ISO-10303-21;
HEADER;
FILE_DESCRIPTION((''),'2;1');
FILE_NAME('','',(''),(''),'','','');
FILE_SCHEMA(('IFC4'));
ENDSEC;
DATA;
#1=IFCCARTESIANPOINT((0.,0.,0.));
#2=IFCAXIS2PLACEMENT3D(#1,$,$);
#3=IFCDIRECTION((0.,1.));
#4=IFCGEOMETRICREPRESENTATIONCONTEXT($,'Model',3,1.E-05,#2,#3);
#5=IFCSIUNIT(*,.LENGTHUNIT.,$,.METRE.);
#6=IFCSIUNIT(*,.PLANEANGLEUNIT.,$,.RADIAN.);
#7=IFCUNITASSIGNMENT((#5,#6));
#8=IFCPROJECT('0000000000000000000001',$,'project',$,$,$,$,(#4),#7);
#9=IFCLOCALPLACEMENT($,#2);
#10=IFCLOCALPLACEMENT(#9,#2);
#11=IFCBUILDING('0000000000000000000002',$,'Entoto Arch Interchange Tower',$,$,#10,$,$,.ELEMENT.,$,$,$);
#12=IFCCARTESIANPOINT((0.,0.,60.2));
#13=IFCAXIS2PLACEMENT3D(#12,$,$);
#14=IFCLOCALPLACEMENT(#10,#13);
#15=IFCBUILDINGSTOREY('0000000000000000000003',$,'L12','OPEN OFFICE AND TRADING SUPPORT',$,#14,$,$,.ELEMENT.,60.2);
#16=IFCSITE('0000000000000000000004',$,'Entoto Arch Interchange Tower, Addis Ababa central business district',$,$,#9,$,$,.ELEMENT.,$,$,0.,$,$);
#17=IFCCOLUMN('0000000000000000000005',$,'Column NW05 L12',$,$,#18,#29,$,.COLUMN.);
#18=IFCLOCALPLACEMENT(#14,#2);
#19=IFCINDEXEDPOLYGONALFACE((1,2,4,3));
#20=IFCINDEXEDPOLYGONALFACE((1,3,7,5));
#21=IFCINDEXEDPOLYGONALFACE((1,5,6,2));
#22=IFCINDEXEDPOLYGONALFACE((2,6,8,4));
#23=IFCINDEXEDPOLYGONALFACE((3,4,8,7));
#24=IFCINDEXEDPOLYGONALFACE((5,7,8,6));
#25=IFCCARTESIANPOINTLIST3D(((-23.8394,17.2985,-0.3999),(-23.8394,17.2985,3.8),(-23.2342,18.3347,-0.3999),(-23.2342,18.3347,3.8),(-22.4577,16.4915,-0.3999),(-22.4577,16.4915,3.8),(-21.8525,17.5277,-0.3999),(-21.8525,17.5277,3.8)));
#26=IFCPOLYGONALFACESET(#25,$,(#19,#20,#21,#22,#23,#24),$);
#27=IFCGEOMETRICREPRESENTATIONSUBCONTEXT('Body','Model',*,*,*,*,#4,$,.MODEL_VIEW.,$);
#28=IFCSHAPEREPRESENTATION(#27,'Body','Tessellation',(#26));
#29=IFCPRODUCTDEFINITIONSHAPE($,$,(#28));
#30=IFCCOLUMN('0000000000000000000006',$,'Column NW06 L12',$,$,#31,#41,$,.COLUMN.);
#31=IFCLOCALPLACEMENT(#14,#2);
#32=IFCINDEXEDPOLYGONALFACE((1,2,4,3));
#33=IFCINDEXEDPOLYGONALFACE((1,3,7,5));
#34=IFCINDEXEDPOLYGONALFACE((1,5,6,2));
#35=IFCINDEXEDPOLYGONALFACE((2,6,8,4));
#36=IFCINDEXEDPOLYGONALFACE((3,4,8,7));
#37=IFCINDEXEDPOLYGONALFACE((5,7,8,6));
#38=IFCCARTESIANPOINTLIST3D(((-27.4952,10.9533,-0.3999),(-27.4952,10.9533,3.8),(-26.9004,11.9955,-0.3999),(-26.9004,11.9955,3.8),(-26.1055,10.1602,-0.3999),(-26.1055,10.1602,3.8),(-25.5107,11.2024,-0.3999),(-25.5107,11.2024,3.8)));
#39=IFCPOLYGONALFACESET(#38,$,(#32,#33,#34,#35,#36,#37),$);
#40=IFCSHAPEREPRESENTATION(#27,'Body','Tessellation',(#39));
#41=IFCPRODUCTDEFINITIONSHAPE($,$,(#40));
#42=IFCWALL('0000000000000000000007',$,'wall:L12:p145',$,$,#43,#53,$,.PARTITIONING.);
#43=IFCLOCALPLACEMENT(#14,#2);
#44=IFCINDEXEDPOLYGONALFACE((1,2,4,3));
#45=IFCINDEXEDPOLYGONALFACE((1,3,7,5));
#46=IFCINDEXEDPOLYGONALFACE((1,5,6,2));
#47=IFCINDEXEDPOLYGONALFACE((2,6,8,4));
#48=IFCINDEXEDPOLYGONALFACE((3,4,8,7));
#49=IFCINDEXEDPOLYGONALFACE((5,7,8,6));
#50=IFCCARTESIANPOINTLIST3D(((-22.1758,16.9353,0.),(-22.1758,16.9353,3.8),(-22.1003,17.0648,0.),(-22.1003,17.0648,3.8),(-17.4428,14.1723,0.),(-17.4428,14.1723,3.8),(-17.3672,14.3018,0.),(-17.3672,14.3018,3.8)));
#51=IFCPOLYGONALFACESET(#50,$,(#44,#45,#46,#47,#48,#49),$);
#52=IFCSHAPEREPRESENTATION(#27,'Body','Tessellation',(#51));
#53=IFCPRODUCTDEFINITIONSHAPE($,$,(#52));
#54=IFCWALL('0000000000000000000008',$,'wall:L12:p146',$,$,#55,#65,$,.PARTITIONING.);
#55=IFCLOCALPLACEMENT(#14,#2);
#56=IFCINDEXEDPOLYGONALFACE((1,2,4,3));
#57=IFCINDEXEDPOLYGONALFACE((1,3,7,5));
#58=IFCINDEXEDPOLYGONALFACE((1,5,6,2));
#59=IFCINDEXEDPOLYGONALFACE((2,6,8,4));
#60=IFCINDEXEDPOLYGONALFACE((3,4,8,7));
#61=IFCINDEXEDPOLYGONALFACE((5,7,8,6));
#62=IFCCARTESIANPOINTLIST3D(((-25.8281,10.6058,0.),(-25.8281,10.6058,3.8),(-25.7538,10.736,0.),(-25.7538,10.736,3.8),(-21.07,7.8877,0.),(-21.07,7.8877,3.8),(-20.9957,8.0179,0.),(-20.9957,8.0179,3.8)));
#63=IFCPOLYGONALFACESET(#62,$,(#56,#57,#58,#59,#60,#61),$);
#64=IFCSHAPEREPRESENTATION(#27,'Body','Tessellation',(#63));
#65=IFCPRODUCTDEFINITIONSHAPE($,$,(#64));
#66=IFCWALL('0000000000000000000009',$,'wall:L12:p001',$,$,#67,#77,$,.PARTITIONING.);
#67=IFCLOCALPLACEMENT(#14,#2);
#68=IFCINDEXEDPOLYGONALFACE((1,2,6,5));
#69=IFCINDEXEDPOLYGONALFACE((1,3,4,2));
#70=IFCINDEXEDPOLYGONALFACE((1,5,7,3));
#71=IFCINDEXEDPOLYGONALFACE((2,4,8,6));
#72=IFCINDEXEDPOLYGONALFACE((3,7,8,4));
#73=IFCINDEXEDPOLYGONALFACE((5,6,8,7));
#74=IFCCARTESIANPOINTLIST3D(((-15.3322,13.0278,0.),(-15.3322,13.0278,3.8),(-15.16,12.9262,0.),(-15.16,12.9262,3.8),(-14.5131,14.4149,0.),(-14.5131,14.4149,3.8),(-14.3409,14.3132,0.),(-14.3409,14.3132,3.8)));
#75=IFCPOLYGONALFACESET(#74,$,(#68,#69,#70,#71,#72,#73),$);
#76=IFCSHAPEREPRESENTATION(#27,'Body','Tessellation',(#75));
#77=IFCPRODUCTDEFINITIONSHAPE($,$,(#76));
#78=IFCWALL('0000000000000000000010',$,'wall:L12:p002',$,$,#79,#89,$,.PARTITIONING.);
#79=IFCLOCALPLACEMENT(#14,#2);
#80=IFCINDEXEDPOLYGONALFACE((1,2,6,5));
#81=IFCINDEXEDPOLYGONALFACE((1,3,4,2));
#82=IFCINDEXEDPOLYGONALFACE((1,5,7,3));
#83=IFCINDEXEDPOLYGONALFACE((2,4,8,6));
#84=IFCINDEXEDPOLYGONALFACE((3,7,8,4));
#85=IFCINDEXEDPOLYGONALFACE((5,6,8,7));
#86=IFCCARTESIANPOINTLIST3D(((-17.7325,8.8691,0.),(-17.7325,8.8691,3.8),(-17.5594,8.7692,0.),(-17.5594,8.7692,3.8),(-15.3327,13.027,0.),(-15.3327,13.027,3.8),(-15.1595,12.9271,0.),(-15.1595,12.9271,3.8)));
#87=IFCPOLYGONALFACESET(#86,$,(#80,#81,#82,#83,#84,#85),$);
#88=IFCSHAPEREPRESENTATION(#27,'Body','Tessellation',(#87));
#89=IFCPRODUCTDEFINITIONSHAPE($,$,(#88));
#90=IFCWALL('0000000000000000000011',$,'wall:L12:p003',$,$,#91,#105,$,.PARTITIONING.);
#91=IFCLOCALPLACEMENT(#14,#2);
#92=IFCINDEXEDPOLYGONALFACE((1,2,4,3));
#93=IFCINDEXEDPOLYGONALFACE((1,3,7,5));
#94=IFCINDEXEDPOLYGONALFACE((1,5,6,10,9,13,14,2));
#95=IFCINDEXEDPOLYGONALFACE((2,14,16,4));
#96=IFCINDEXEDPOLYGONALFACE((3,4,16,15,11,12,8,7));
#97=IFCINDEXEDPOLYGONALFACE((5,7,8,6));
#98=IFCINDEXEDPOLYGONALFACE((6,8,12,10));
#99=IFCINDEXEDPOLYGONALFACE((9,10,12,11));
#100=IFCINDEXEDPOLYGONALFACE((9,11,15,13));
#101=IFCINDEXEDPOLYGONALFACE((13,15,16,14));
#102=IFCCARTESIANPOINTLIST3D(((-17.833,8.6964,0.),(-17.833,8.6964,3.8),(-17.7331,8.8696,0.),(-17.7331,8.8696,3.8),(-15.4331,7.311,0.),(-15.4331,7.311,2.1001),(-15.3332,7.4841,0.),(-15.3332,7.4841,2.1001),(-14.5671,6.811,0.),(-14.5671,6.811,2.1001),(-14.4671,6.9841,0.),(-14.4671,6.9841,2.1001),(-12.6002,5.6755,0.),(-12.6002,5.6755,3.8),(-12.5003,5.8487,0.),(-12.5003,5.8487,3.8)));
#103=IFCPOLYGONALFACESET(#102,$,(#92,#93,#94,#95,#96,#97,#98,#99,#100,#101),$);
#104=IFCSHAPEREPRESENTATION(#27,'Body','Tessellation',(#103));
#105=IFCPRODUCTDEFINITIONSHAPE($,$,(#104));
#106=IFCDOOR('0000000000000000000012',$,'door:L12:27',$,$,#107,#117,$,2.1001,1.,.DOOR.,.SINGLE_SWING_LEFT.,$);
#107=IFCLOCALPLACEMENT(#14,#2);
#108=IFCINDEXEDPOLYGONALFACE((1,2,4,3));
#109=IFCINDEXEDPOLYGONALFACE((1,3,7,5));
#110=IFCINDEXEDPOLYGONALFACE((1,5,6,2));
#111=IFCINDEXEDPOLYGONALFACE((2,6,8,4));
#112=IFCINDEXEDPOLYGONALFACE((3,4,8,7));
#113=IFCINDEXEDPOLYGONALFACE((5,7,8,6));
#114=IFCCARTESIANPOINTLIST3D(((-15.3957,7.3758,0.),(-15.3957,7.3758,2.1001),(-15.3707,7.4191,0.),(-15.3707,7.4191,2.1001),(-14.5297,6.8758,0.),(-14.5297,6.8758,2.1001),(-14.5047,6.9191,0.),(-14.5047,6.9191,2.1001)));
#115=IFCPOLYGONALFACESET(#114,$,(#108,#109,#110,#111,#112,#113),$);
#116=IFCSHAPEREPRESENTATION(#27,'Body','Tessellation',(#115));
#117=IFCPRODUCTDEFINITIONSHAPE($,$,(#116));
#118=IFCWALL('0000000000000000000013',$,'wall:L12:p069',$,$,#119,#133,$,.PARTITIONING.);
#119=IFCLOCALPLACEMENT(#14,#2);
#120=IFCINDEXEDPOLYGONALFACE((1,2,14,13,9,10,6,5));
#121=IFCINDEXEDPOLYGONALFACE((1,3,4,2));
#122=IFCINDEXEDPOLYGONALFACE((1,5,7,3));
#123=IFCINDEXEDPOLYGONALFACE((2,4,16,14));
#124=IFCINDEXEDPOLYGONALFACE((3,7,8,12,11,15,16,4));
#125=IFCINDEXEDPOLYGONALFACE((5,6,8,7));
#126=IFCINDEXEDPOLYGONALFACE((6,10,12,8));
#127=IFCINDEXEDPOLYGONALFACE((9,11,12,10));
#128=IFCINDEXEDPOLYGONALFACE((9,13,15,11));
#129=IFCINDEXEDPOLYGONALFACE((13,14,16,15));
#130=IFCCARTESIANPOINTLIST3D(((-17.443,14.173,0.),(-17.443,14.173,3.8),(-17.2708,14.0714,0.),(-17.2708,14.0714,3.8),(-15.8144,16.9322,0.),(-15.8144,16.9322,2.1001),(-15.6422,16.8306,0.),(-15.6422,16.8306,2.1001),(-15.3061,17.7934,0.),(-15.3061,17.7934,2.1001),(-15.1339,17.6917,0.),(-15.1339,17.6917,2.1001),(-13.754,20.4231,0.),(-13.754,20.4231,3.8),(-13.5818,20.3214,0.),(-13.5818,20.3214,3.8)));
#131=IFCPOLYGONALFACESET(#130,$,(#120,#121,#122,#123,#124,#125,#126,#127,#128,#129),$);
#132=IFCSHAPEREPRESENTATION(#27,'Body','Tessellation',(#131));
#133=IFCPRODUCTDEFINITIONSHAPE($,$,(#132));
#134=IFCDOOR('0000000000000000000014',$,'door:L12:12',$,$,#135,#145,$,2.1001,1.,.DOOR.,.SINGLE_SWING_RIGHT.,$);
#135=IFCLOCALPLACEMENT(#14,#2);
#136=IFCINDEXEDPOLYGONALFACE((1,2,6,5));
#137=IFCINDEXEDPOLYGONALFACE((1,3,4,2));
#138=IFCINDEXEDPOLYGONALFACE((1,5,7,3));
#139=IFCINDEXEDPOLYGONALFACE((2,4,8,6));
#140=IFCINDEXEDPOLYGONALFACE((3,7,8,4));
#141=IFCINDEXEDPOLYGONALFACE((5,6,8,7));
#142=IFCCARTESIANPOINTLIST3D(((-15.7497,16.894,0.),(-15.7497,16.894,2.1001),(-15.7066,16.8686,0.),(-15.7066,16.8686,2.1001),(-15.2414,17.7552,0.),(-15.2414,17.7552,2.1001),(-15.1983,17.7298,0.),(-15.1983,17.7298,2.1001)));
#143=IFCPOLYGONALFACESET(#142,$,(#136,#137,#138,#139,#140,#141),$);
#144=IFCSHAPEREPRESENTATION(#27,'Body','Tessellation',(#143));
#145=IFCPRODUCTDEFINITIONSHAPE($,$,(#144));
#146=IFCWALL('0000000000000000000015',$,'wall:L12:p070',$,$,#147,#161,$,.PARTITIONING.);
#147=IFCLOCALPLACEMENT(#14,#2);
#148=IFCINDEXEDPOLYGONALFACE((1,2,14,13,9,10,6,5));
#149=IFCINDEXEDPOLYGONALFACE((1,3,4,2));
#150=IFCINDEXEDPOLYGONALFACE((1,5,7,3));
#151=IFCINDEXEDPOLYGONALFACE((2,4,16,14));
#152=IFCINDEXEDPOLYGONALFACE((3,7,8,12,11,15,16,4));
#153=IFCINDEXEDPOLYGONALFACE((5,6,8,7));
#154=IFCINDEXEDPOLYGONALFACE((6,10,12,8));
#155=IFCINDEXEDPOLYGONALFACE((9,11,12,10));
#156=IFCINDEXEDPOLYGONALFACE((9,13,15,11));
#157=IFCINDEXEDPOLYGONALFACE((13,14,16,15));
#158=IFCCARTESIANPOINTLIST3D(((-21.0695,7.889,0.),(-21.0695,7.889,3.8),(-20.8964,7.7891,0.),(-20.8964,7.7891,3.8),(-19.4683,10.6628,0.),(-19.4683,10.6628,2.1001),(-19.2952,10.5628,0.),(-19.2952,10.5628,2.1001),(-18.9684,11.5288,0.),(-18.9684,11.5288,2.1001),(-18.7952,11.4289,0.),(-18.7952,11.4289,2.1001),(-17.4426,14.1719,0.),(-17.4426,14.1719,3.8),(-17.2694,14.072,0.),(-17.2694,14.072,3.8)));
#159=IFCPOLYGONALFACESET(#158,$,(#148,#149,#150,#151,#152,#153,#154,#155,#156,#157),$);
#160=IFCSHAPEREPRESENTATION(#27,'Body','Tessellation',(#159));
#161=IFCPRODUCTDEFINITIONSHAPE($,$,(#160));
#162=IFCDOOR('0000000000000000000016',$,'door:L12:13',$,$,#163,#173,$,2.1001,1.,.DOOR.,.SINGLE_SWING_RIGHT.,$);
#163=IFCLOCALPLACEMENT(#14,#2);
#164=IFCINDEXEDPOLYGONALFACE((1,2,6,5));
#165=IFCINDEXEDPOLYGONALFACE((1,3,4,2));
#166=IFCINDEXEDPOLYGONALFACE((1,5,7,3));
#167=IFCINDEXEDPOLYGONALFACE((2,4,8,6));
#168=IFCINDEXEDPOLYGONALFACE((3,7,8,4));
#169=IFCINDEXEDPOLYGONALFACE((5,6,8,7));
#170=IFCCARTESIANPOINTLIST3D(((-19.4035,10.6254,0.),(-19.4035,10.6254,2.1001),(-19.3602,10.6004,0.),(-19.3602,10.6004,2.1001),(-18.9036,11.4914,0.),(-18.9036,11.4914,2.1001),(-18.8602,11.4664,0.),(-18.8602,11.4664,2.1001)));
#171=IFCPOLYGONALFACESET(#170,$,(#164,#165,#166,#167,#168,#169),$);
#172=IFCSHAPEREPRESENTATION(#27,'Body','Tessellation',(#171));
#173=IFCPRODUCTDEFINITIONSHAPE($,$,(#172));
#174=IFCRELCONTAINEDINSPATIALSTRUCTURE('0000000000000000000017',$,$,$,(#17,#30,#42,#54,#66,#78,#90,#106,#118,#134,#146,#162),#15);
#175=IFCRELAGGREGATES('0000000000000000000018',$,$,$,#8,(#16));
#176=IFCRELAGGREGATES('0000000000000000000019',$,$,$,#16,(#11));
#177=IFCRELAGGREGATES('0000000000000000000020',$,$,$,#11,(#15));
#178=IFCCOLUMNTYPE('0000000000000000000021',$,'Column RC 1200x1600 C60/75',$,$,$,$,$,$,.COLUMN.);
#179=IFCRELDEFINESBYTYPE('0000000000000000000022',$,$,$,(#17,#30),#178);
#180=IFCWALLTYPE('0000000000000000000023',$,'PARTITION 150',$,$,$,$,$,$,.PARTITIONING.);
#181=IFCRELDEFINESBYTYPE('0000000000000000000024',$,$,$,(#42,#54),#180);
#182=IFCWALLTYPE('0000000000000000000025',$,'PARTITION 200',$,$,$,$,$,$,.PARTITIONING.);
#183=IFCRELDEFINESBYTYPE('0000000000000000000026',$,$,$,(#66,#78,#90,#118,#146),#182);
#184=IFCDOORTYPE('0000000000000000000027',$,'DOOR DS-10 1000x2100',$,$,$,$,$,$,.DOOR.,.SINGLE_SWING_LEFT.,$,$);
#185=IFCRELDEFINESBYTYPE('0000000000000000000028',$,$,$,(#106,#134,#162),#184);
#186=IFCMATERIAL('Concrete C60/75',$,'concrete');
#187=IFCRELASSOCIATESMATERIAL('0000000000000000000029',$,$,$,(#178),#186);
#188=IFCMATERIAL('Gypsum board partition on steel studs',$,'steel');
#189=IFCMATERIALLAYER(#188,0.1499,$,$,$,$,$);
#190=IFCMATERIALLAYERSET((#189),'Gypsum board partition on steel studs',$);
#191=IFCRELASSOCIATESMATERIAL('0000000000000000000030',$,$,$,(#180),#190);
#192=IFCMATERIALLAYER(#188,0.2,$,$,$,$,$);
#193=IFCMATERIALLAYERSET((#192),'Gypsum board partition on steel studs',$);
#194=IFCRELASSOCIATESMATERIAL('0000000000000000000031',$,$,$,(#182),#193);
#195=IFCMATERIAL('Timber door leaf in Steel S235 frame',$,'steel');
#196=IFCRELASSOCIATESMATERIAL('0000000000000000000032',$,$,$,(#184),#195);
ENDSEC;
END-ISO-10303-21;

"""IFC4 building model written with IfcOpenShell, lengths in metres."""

from ifc_helpers import new_model, si_unit, direction, frame, frame_2d, origin, origin_2d, place, context, subcontext, project, spatial, rectangle, extrude, material, layer, layer_set, material_profile, profile_set, type_object, element, fill, save


model = new_model("IFC4")

# Units and contexts
model_context = context("Model", 3, precision=1e-05, world=origin(), true_north=direction((0.0, 1.0)))
body_context = subcontext(model_context, "Body", "Model", "MODEL_VIEW")
ifc_project = project(units=[si_unit("LENGTHUNIT", "METRE"), si_unit("PLANEANGLEUNIT", "RADIAN")], contexts=[model_context])

# Site, building, storey
site_placement = place(None, origin())
site = spatial("IfcSite", under=ifc_project, at=site_placement, Name="Entoto Arch Interchange Tower, Addis Ababa central business district", CompositionType="ELEMENT", RefElevation=0.0)
building_placement = place(site_placement, origin())
building = spatial("IfcBuilding", under=site, at=building_placement, Name="Entoto Arch Interchange Tower", CompositionType="ELEMENT")
storey_placement = place(building_placement, frame((0.0, 0.0, 60.2)))
storey = spatial("IfcBuildingStorey", under=building, at=storey_placement, Name="L12", Description="OPEN OFFICE AND TRADING SUPPORT", CompositionType="ELEMENT", Elevation=60.2)

# Columns
ifc_material_1 = material(Name="Concrete C60/75", Category="concrete")
ifc_material_profile = material_profile(ifc_material_1, rectangle(XDim=1.2, YDim=1.6001, at=origin_2d()))
ifc_profile_set = profile_set([ifc_material_profile], Name="Concrete C60/75")
column_type = type_object("IfcColumnType", Name="Column RC 1200x1600 C60/75", PredefinedType="COLUMN", material=ifc_profile_set)
for number, where, z_axis, x_axis, name in (
    (1, (-22.8459, 17.4131, -0.3999), (0.0, 0.0, 1.0), (0.504332, 0.86351, 0.0), "Column NW05 L12"),
    (2, (-26.5029, 11.0779, -0.3999), (0.0, 0.0, 1.0), (0.495656, 0.868519, 0.0), "Column NW06 L12"),
):
    element("IfcColumn", number, at=place(storey_placement, frame(where, z_axis=z_axis, x_axis=x_axis)), inside=storey, type_object=column_type, Name=name, PredefinedType="COLUMN", context=body_context, shape_type="SweptSolid", body=[
        extrude(rectangle(XDim=1.2, YDim=1.6001, at=origin_2d()), origin(), (0.0, 0.0, 1.0), 4.2),
    ])

# Walls
ifc_material_2 = material(Name="Gypsum board partition on steel studs", Category="steel")
ifc_layer_1 = layer(ifc_material_2, 0.1499)
ifc_layer_set_1 = layer_set([ifc_layer_1], Name="Gypsum board partition on steel studs")
wall_type_1 = type_object("IfcWallType", Name="PARTITION 150", PredefinedType="PARTITIONING", material=ifc_layer_set_1)
wall_1_placement = place(storey_placement, frame((-17.405, 14.2371, 0.0), z_axis=(0.0, 0.0, 1.0), x_axis=(-0.863614, 0.504154, 0.0)))
element("IfcWall", 3, at=wall_1_placement, inside=storey, type_object=wall_type_1, Name="wall:L12:p145", PredefinedType="PARTITIONING", context=body_context, shape_type="SweptSolid", body=[
    extrude(rectangle(XDim=5.4805, YDim=0.1499, at=frame_2d((2.7402, 0.0))), origin(), (0.0, 0.0, 1.0), 3.8),
])
wall_2_placement = place(storey_placement, frame((-21.033, 7.9529, 0.0), z_axis=(0.0, 0.0, 1.0), x_axis=(-0.868312, 0.496019, 0.0)))
element("IfcWall", 4, at=wall_2_placement, inside=storey, type_object=wall_type_1, Name="wall:L12:p146", PredefinedType="PARTITIONING", context=body_context, shape_type="SweptSolid", body=[
    extrude(rectangle(XDim=5.4797, YDim=0.1499, at=frame_2d((2.7397, 0.0))), origin(), (0.0, 0.0, 1.0), 3.8),
])
ifc_layer_2 = layer(ifc_material_2, 0.2)
ifc_layer_set_2 = layer_set([ifc_layer_2], Name="Gypsum board partition on steel studs")
wall_type_2 = type_object("IfcWallType", Name="PARTITION 200", PredefinedType="PARTITIONING", material=ifc_layer_set_2)
wall_3_placement = place(storey_placement, frame((-14.427, 14.364, 0.0), z_axis=(0.0, 0.0, 1.0), x_axis=(-0.50851, -0.861056, 0.0)))
element("IfcWall", 5, at=wall_3_placement, inside=storey, type_object=wall_type_2, Name="wall:L12:p001", PredefinedType="PARTITIONING", context=body_context, shape_type="SweptSolid", body=[
    extrude(rectangle(XDim=1.6108, YDim=0.2, at=frame_2d((0.8054, 0.0))), origin(), (0.0, 0.0, 1.0), 3.8),
])
wall_4_placement = place(storey_placement, frame((-15.2461, 12.9771, 0.0), z_axis=(0.0, 0.0, 1.0), x_axis=(-0.499891, -0.866088, 0.0)))
element("IfcWall", 6, at=wall_4_placement, inside=storey, type_object=wall_type_2, Name="wall:L12:p002", PredefinedType="PARTITIONING", context=body_context, shape_type="SweptSolid", body=[
    extrude(rectangle(XDim=4.8008, YDim=0.2, at=frame_2d((2.4004, 0.0))), origin(), (0.0, 0.0, 1.0), 3.8),
])

# Walls, openings, doors
wall_5_placement = place(storey_placement, frame((-17.783, 8.783, 0.0), z_axis=(0.0, 0.0, 1.0), x_axis=(0.866042, -0.499972, 0.0)))
wall_5 = element("IfcWall", 7, at=wall_5_placement, inside=storey, type_object=wall_type_2, Name="wall:L12:p003", PredefinedType="PARTITIONING", context=body_context, shape_type="SweptSolid", body=[
    extrude(rectangle(XDim=6.0422, YDim=0.2, at=frame_2d((3.021, 0.0))), origin(), (0.0, 0.0, 1.0), 3.8),
])
opening_1_placement = place(wall_5_placement, frame((2.771, 0.0, 0.0)))
opening_1 = element("IfcOpeningElement", 8, at=opening_1_placement, cuts=wall_5, PredefinedType="OPENING", context=body_context, shape_type="SweptSolid", body=[
    extrude(rectangle(XDim=1.0, YDim=2.1001, at=frame_2d((0.5, 1.05))), frame((0.0, 0.1099, 0.0), z_axis=(0.0, -1.0, 0.0), x_axis=(1.0, 0.0, 0.0)), (0.0, 0.0, 1.0), 0.22),
])
ifc_material_3 = material(Name="Timber door leaf in Steel S235 frame", Category="steel")
door_type = type_object("IfcDoorType", Name="DOOR DS-10 1000x2100", OperationType="SINGLE_SWING_LEFT", PredefinedType="DOOR", material=ifc_material_3)
door_1_placement = place(opening_1_placement, origin())
door_1 = element("IfcDoor", 9, at=door_1_placement, inside=storey, type_object=door_type, Name="door:L12:27", OperationType="SINGLE_SWING_LEFT", OverallHeight=2.1001, OverallWidth=1.0, PredefinedType="DOOR", context=body_context, shape_type="SweptSolid", body=[
    extrude(rectangle(XDim=1.0, YDim=2.1001, at=frame_2d((0.5, 1.05))), frame((0.0, 0.0249, 0.0), z_axis=(0.0, -1.0, 0.0), x_axis=(1.0, 0.0, 0.0)), (0.0, 0.0, 1.0), 0.05),
])
fill(opening_1, door_1)
wall_6_placement = place(storey_placement, frame((-17.3569, 14.1221, 0.0), z_axis=(0.0, 0.0, 1.0), x_axis=(0.508299, 0.861181, 0.0)))
wall_6 = element("IfcWall", 10, at=wall_6_placement, inside=storey, type_object=wall_type_2, Name="wall:L12:p069", PredefinedType="PARTITIONING", context=body_context, shape_type="SweptSolid", body=[
    extrude(rectangle(XDim=7.2576, YDim=0.2, at=frame_2d((3.6289, 0.0))), origin(), (0.0, 0.0, 1.0), 3.8),
])
opening_2_placement = place(wall_6_placement, frame((3.2041, 0.0, 0.0)))
opening_2 = element("IfcOpeningElement", 11, at=opening_2_placement, cuts=wall_6, PredefinedType="OPENING", context=body_context, shape_type="SweptSolid", body=[
    extrude(rectangle(XDim=1.0, YDim=2.1001, at=frame_2d((0.5, 1.05))), frame((0.0, 0.1099, 0.0), z_axis=(0.0, -1.0, 0.0), x_axis=(1.0, 0.0, 0.0)), (0.0, 0.0, 1.0), 0.22),
])
door_2_placement = place(opening_2_placement, origin())
door_2 = element("IfcDoor", 12, at=door_2_placement, inside=storey, type_object=door_type, Name="door:L12:12", OperationType="SINGLE_SWING_RIGHT", OverallHeight=2.1001, OverallWidth=1.0, PredefinedType="DOOR", context=body_context, shape_type="SweptSolid", body=[
    extrude(rectangle(XDim=1.0, YDim=2.1001, at=frame_2d((0.5, 1.05))), frame((0.0, 0.0249, 0.0), z_axis=(0.0, -1.0, 0.0), x_axis=(1.0, 0.0, 0.0)), (0.0, 0.0, 1.0), 0.05),
])
fill(opening_2, door_2)
wall_7_placement = place(storey_placement, frame((-17.356, 14.1221, 0.0), z_axis=(0.0, 0.0, 1.0), x_axis=(-0.499947, -0.866056, 0.0)))
wall_7 = element("IfcWall", 13, at=wall_7_placement, inside=storey, type_object=wall_type_2, Name="wall:L12:p070", PredefinedType="PARTITIONING", context=body_context, shape_type="SweptSolid", body=[
    extrude(rectangle(XDim=7.2546, YDim=0.2, at=frame_2d((3.6274, 0.0))), origin(), (0.0, 0.0, 1.0), 3.8),
])
opening_3_placement = place(wall_7_placement, frame((3.052, 0.0, 0.0)))
opening_3 = element("IfcOpeningElement", 14, at=opening_3_placement, cuts=wall_7, PredefinedType="OPENING", context=body_context, shape_type="SweptSolid", body=[
    extrude(rectangle(XDim=1.0, YDim=2.1001, at=frame_2d((0.5, 1.05))), frame((0.0, 0.1099, 0.0), z_axis=(0.0, -1.0, 0.0), x_axis=(1.0, 0.0, 0.0)), (0.0, 0.0, 1.0), 0.22),
])
door_3_placement = place(opening_3_placement, origin())
door_3 = element("IfcDoor", 15, at=door_3_placement, inside=storey, type_object=door_type, Name="door:L12:13", OperationType="SINGLE_SWING_RIGHT", OverallHeight=2.1001, OverallWidth=1.0, PredefinedType="DOOR", context=body_context, shape_type="SweptSolid", body=[
    extrude(rectangle(XDim=1.0, YDim=2.1001, at=frame_2d((0.5, 1.05))), frame((0.0, 0.0249, 0.0), z_axis=(0.0, -1.0, 0.0), x_axis=(1.0, 0.0, 0.0)), (0.0, 0.0, 1.0), 0.05),
])
fill(opening_3, door_3)

save(model, "model.ifc")
